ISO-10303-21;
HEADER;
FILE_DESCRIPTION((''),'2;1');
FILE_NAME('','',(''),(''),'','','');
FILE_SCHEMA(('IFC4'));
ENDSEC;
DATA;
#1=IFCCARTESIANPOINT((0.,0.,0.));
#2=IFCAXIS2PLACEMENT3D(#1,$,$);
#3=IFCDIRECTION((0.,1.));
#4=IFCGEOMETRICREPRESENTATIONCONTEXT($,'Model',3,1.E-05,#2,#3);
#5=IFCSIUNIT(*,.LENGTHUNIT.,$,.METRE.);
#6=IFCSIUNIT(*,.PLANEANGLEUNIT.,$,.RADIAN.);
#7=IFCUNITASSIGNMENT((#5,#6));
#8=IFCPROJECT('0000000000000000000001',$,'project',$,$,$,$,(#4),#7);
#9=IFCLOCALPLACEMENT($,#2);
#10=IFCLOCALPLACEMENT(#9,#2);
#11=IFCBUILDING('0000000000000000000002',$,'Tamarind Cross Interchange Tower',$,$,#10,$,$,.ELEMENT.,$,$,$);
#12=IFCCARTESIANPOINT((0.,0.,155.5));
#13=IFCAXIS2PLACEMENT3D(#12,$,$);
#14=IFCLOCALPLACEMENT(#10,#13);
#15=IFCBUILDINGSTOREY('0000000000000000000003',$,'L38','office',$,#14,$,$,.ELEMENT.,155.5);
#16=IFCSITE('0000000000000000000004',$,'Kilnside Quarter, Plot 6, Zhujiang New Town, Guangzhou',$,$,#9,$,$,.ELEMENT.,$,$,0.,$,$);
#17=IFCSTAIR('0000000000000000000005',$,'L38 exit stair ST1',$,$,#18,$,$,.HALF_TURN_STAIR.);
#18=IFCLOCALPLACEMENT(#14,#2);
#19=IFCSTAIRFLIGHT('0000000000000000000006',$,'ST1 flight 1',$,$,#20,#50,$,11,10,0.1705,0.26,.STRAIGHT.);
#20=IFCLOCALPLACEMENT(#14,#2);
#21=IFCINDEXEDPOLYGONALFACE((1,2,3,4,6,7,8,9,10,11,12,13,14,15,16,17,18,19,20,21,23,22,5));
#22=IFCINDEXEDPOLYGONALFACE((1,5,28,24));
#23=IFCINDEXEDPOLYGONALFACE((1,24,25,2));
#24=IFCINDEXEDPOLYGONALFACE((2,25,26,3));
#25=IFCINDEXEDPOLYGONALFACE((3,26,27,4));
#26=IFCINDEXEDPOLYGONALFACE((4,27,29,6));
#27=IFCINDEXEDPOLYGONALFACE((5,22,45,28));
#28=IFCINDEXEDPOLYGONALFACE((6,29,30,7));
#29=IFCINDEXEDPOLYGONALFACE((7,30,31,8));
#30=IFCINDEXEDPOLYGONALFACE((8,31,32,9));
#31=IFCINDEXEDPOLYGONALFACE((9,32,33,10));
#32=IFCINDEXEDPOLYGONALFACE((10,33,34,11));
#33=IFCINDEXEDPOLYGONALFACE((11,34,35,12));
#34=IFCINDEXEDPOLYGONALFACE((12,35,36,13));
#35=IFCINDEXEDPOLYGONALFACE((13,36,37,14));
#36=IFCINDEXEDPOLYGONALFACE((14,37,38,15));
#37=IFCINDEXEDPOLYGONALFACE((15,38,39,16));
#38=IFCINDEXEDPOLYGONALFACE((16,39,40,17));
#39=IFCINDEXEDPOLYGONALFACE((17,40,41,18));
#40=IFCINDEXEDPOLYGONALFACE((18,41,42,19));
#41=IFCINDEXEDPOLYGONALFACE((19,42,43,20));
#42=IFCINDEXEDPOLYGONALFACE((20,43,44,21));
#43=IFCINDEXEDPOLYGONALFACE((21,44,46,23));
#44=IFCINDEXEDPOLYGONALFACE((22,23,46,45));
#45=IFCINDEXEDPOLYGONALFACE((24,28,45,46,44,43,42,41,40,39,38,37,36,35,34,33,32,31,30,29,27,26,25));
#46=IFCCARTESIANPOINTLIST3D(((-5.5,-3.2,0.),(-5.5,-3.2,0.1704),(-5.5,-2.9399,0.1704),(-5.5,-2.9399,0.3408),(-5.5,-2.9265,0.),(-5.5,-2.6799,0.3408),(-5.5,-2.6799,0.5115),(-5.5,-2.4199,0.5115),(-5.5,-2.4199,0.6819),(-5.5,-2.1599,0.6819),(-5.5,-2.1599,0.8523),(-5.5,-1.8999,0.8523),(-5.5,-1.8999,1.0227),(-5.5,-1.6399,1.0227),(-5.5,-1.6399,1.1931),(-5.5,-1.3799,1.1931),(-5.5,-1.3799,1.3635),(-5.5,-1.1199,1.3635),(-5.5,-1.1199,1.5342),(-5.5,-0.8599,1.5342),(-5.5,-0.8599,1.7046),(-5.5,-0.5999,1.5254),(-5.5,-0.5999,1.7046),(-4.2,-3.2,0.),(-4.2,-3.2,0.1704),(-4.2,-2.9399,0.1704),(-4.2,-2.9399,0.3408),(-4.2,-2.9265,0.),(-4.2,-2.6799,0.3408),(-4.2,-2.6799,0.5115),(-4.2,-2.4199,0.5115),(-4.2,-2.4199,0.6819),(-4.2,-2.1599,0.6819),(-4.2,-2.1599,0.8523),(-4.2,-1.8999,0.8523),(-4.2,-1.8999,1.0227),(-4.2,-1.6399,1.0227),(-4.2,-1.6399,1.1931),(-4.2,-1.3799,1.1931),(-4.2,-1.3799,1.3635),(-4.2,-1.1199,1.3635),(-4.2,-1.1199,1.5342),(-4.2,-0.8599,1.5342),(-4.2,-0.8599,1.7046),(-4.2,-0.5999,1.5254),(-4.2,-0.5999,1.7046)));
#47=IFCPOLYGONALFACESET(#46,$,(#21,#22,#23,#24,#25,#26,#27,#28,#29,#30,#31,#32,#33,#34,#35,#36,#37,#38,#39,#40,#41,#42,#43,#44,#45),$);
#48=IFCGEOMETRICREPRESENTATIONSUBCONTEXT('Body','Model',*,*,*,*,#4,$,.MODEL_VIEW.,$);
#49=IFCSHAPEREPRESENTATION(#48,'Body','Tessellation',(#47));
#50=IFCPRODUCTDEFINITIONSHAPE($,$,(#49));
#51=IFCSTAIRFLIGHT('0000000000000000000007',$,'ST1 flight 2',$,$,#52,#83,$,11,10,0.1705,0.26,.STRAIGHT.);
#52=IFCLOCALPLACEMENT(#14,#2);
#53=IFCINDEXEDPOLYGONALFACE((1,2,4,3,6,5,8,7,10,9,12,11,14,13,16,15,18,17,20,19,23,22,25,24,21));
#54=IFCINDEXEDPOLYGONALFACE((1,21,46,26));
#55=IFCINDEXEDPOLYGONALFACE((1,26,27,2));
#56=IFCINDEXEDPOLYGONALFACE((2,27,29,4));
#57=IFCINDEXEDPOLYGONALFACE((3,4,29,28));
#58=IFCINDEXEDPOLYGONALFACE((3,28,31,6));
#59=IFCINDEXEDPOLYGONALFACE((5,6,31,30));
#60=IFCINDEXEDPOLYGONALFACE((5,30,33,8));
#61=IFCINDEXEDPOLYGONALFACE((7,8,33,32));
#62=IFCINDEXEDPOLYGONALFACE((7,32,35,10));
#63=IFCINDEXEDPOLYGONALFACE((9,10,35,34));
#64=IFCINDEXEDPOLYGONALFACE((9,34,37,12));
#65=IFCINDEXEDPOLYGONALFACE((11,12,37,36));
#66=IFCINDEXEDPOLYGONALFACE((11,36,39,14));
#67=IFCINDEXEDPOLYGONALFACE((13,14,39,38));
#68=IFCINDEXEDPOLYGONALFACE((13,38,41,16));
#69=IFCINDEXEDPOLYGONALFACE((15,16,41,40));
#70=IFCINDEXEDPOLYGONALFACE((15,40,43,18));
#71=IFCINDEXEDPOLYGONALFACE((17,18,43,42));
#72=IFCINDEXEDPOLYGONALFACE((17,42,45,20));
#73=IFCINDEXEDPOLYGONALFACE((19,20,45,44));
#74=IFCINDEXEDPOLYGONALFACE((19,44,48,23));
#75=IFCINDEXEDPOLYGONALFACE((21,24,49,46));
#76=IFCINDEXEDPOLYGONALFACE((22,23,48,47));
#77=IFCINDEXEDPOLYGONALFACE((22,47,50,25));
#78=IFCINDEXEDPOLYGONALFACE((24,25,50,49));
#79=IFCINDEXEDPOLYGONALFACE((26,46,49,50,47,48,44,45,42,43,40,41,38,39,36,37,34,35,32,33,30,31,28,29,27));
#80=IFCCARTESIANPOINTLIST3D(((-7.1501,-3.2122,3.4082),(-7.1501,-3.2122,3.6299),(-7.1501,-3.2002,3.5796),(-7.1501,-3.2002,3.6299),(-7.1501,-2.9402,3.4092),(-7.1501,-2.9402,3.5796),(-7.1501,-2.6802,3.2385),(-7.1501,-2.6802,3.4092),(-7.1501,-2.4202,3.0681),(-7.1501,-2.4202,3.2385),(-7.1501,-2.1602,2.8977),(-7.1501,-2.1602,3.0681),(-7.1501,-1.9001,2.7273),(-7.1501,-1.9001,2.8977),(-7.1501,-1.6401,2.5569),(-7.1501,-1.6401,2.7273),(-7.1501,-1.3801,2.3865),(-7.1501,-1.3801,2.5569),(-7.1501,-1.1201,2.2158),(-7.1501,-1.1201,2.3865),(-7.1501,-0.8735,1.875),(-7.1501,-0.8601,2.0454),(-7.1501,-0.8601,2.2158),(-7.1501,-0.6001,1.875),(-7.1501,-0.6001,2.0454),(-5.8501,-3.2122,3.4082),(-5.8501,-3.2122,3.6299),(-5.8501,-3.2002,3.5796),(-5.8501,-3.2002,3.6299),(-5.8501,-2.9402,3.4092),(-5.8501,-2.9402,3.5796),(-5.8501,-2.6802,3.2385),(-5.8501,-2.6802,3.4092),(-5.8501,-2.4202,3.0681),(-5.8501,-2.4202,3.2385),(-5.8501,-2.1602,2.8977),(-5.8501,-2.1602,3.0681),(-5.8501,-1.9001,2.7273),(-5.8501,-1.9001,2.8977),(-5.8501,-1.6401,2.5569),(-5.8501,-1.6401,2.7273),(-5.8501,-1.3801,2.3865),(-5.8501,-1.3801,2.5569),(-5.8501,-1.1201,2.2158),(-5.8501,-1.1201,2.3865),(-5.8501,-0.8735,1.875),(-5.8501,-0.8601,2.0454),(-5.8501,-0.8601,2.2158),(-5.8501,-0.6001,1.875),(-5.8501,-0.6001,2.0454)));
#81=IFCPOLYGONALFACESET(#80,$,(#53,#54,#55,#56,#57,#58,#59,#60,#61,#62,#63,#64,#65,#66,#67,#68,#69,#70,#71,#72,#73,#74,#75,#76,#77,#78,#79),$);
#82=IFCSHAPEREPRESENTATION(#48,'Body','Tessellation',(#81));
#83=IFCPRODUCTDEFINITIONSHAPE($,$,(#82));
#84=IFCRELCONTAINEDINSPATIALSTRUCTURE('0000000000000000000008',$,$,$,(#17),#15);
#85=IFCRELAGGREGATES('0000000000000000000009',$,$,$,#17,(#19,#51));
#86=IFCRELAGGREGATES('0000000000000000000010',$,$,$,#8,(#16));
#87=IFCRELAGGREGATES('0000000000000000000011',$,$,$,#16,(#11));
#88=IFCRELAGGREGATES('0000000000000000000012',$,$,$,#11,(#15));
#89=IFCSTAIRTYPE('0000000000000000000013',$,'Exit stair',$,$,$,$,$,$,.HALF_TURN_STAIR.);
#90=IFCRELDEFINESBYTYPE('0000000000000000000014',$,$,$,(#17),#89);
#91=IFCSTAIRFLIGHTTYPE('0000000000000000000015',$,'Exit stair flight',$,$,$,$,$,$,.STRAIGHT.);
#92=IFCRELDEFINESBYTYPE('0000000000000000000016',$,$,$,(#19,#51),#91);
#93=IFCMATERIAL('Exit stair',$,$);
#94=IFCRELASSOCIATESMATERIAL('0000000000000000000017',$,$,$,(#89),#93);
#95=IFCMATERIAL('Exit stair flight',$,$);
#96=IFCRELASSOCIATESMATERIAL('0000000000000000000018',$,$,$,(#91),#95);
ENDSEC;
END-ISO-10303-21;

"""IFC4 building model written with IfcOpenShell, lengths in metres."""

from ifc_helpers import new_model, si_unit, direction, frame, origin, place, context, subcontext, project, spatial, polyline, outline, extrude, material, type_object, element, aggregate, save


model = new_model("IFC4")

# Units and contexts
model_context = context("Model", 3, precision=1e-05, world=origin(), true_north=direction((0.0, 1.0)))
body_context = subcontext(model_context, "Body", "Model", "MODEL_VIEW")
ifc_project = project(units=[si_unit("LENGTHUNIT", "METRE"), si_unit("PLANEANGLEUNIT", "RADIAN")], contexts=[model_context])

# Site, building, storey
site_placement = place(None, origin())
site = spatial("IfcSite", under=ifc_project, at=site_placement, Name="Kilnside Quarter, Plot 6, Zhujiang New Town, Guangzhou", CompositionType="ELEMENT", RefElevation=0.0)
building_placement = place(site_placement, origin())
building = spatial("IfcBuilding", under=site, at=building_placement, Name="Tamarind Cross Interchange Tower", CompositionType="ELEMENT")
storey_placement = place(building_placement, frame((0.0, 0.0, 155.5)))
storey = spatial("IfcBuildingStorey", under=building, at=storey_placement, Name="L38", Description="office", CompositionType="ELEMENT", Elevation=155.5)

# Stair, stair flights
ifc_material_1 = material(Name="Exit stair")
stair_type = type_object("IfcStairType", Name="Exit stair", PredefinedType="HALF_TURN_STAIR", material=ifc_material_1)
stair_placement = place(storey_placement, origin())
stair = element("IfcStair", 1, at=stair_placement, inside=storey, type_object=stair_type, Name="L38 exit stair ST1", PredefinedType="HALF_TURN_STAIR")
ifc_material_2 = material(Name="Exit stair flight")
stair_flight_type = type_object("IfcStairFlightType", Name="Exit stair flight", PredefinedType="STRAIGHT", material=ifc_material_2)
stair_flight_1_placement = place(storey_placement, frame((-4.8501, -3.2, 0.0), z_axis=(0.0, 0.0, 1.0), x_axis=(0.0, 1.0, 0.0)))
stair_flight_1 = element("IfcStairFlight", 2, at=stair_flight_1_placement, type_object=stair_flight_type, Name="ST1 flight 1", NumberOfRisers=11, NumberOfTreads=10, PredefinedType="STRAIGHT", RiserHeight=0.1705, TreadLength=0.26, context=body_context, shape_type="SweptSolid", body=[
    extrude(outline(polyline([(0.0, 0.0), (0.0, 0.1704), (0.26, 0.1704), (0.26, 0.3408), (0.52, 0.3408), (0.52, 0.5115), (0.78, 0.5115), (0.78, 0.6819), (1.04, 0.6819), (1.04, 0.8523), (1.3, 0.8523), (1.3, 1.0227), (1.5601, 1.0227), (1.5601, 1.1931), (1.8201, 1.1931), (1.8201, 1.3635), (2.0801, 1.3635), (2.0801, 1.5342), (2.3401, 1.5342), (2.3401, 1.7046), (2.6001, 1.7046), (2.6001, 1.875), (2.6001, 1.5254), (0.2734, 0.0), (0.0, 0.0)])), frame((0.0, 0.6499, 0.0), z_axis=(0.0, -1.0, 0.0), x_axis=(1.0, 0.0, 0.0)), (0.0, 0.0, 1.0), 1.3),
])
stair_flight_2_placement = place(storey_placement, frame((-6.5, -0.6001, 1.875), z_axis=(0.0, 0.0, 1.0), x_axis=(0.0, -1.0, 0.0)))
stair_flight_2 = element("IfcStairFlight", 3, at=stair_flight_2_placement, type_object=stair_flight_type, Name="ST1 flight 2", NumberOfRisers=11, NumberOfTreads=10, PredefinedType="STRAIGHT", RiserHeight=0.1705, TreadLength=0.26, context=body_context, shape_type="SweptSolid", body=[
    extrude(outline(polyline([(0.0, 0.0), (0.0, 0.1704), (0.26, 0.1704), (0.26, 0.3408), (0.52, 0.3408), (0.52, 0.5115), (0.78, 0.5115), (0.78, 0.6819), (1.04, 0.6819), (1.04, 0.8523), (1.3, 0.8523), (1.3, 1.0227), (1.5601, 1.0227), (1.5601, 1.1931), (1.8201, 1.1931), (1.8201, 1.3635), (2.0801, 1.3635), (2.0801, 1.5342), (2.3401, 1.5342), (2.3401, 1.7046), (2.6001, 1.7046), (2.6001, 1.7549), (2.6121, 1.7549), (2.6121, 1.5332), (0.2734, 0.0), (0.0, 0.0)])), frame((0.0, 0.6499, 0.0), z_axis=(0.0, -1.0, 0.0), x_axis=(1.0, 0.0, 0.0)), (0.0, 0.0, 1.0), 1.3),
])
aggregate(stair, [stair_flight_1, stair_flight_2])

save(model, "model.ifc")
